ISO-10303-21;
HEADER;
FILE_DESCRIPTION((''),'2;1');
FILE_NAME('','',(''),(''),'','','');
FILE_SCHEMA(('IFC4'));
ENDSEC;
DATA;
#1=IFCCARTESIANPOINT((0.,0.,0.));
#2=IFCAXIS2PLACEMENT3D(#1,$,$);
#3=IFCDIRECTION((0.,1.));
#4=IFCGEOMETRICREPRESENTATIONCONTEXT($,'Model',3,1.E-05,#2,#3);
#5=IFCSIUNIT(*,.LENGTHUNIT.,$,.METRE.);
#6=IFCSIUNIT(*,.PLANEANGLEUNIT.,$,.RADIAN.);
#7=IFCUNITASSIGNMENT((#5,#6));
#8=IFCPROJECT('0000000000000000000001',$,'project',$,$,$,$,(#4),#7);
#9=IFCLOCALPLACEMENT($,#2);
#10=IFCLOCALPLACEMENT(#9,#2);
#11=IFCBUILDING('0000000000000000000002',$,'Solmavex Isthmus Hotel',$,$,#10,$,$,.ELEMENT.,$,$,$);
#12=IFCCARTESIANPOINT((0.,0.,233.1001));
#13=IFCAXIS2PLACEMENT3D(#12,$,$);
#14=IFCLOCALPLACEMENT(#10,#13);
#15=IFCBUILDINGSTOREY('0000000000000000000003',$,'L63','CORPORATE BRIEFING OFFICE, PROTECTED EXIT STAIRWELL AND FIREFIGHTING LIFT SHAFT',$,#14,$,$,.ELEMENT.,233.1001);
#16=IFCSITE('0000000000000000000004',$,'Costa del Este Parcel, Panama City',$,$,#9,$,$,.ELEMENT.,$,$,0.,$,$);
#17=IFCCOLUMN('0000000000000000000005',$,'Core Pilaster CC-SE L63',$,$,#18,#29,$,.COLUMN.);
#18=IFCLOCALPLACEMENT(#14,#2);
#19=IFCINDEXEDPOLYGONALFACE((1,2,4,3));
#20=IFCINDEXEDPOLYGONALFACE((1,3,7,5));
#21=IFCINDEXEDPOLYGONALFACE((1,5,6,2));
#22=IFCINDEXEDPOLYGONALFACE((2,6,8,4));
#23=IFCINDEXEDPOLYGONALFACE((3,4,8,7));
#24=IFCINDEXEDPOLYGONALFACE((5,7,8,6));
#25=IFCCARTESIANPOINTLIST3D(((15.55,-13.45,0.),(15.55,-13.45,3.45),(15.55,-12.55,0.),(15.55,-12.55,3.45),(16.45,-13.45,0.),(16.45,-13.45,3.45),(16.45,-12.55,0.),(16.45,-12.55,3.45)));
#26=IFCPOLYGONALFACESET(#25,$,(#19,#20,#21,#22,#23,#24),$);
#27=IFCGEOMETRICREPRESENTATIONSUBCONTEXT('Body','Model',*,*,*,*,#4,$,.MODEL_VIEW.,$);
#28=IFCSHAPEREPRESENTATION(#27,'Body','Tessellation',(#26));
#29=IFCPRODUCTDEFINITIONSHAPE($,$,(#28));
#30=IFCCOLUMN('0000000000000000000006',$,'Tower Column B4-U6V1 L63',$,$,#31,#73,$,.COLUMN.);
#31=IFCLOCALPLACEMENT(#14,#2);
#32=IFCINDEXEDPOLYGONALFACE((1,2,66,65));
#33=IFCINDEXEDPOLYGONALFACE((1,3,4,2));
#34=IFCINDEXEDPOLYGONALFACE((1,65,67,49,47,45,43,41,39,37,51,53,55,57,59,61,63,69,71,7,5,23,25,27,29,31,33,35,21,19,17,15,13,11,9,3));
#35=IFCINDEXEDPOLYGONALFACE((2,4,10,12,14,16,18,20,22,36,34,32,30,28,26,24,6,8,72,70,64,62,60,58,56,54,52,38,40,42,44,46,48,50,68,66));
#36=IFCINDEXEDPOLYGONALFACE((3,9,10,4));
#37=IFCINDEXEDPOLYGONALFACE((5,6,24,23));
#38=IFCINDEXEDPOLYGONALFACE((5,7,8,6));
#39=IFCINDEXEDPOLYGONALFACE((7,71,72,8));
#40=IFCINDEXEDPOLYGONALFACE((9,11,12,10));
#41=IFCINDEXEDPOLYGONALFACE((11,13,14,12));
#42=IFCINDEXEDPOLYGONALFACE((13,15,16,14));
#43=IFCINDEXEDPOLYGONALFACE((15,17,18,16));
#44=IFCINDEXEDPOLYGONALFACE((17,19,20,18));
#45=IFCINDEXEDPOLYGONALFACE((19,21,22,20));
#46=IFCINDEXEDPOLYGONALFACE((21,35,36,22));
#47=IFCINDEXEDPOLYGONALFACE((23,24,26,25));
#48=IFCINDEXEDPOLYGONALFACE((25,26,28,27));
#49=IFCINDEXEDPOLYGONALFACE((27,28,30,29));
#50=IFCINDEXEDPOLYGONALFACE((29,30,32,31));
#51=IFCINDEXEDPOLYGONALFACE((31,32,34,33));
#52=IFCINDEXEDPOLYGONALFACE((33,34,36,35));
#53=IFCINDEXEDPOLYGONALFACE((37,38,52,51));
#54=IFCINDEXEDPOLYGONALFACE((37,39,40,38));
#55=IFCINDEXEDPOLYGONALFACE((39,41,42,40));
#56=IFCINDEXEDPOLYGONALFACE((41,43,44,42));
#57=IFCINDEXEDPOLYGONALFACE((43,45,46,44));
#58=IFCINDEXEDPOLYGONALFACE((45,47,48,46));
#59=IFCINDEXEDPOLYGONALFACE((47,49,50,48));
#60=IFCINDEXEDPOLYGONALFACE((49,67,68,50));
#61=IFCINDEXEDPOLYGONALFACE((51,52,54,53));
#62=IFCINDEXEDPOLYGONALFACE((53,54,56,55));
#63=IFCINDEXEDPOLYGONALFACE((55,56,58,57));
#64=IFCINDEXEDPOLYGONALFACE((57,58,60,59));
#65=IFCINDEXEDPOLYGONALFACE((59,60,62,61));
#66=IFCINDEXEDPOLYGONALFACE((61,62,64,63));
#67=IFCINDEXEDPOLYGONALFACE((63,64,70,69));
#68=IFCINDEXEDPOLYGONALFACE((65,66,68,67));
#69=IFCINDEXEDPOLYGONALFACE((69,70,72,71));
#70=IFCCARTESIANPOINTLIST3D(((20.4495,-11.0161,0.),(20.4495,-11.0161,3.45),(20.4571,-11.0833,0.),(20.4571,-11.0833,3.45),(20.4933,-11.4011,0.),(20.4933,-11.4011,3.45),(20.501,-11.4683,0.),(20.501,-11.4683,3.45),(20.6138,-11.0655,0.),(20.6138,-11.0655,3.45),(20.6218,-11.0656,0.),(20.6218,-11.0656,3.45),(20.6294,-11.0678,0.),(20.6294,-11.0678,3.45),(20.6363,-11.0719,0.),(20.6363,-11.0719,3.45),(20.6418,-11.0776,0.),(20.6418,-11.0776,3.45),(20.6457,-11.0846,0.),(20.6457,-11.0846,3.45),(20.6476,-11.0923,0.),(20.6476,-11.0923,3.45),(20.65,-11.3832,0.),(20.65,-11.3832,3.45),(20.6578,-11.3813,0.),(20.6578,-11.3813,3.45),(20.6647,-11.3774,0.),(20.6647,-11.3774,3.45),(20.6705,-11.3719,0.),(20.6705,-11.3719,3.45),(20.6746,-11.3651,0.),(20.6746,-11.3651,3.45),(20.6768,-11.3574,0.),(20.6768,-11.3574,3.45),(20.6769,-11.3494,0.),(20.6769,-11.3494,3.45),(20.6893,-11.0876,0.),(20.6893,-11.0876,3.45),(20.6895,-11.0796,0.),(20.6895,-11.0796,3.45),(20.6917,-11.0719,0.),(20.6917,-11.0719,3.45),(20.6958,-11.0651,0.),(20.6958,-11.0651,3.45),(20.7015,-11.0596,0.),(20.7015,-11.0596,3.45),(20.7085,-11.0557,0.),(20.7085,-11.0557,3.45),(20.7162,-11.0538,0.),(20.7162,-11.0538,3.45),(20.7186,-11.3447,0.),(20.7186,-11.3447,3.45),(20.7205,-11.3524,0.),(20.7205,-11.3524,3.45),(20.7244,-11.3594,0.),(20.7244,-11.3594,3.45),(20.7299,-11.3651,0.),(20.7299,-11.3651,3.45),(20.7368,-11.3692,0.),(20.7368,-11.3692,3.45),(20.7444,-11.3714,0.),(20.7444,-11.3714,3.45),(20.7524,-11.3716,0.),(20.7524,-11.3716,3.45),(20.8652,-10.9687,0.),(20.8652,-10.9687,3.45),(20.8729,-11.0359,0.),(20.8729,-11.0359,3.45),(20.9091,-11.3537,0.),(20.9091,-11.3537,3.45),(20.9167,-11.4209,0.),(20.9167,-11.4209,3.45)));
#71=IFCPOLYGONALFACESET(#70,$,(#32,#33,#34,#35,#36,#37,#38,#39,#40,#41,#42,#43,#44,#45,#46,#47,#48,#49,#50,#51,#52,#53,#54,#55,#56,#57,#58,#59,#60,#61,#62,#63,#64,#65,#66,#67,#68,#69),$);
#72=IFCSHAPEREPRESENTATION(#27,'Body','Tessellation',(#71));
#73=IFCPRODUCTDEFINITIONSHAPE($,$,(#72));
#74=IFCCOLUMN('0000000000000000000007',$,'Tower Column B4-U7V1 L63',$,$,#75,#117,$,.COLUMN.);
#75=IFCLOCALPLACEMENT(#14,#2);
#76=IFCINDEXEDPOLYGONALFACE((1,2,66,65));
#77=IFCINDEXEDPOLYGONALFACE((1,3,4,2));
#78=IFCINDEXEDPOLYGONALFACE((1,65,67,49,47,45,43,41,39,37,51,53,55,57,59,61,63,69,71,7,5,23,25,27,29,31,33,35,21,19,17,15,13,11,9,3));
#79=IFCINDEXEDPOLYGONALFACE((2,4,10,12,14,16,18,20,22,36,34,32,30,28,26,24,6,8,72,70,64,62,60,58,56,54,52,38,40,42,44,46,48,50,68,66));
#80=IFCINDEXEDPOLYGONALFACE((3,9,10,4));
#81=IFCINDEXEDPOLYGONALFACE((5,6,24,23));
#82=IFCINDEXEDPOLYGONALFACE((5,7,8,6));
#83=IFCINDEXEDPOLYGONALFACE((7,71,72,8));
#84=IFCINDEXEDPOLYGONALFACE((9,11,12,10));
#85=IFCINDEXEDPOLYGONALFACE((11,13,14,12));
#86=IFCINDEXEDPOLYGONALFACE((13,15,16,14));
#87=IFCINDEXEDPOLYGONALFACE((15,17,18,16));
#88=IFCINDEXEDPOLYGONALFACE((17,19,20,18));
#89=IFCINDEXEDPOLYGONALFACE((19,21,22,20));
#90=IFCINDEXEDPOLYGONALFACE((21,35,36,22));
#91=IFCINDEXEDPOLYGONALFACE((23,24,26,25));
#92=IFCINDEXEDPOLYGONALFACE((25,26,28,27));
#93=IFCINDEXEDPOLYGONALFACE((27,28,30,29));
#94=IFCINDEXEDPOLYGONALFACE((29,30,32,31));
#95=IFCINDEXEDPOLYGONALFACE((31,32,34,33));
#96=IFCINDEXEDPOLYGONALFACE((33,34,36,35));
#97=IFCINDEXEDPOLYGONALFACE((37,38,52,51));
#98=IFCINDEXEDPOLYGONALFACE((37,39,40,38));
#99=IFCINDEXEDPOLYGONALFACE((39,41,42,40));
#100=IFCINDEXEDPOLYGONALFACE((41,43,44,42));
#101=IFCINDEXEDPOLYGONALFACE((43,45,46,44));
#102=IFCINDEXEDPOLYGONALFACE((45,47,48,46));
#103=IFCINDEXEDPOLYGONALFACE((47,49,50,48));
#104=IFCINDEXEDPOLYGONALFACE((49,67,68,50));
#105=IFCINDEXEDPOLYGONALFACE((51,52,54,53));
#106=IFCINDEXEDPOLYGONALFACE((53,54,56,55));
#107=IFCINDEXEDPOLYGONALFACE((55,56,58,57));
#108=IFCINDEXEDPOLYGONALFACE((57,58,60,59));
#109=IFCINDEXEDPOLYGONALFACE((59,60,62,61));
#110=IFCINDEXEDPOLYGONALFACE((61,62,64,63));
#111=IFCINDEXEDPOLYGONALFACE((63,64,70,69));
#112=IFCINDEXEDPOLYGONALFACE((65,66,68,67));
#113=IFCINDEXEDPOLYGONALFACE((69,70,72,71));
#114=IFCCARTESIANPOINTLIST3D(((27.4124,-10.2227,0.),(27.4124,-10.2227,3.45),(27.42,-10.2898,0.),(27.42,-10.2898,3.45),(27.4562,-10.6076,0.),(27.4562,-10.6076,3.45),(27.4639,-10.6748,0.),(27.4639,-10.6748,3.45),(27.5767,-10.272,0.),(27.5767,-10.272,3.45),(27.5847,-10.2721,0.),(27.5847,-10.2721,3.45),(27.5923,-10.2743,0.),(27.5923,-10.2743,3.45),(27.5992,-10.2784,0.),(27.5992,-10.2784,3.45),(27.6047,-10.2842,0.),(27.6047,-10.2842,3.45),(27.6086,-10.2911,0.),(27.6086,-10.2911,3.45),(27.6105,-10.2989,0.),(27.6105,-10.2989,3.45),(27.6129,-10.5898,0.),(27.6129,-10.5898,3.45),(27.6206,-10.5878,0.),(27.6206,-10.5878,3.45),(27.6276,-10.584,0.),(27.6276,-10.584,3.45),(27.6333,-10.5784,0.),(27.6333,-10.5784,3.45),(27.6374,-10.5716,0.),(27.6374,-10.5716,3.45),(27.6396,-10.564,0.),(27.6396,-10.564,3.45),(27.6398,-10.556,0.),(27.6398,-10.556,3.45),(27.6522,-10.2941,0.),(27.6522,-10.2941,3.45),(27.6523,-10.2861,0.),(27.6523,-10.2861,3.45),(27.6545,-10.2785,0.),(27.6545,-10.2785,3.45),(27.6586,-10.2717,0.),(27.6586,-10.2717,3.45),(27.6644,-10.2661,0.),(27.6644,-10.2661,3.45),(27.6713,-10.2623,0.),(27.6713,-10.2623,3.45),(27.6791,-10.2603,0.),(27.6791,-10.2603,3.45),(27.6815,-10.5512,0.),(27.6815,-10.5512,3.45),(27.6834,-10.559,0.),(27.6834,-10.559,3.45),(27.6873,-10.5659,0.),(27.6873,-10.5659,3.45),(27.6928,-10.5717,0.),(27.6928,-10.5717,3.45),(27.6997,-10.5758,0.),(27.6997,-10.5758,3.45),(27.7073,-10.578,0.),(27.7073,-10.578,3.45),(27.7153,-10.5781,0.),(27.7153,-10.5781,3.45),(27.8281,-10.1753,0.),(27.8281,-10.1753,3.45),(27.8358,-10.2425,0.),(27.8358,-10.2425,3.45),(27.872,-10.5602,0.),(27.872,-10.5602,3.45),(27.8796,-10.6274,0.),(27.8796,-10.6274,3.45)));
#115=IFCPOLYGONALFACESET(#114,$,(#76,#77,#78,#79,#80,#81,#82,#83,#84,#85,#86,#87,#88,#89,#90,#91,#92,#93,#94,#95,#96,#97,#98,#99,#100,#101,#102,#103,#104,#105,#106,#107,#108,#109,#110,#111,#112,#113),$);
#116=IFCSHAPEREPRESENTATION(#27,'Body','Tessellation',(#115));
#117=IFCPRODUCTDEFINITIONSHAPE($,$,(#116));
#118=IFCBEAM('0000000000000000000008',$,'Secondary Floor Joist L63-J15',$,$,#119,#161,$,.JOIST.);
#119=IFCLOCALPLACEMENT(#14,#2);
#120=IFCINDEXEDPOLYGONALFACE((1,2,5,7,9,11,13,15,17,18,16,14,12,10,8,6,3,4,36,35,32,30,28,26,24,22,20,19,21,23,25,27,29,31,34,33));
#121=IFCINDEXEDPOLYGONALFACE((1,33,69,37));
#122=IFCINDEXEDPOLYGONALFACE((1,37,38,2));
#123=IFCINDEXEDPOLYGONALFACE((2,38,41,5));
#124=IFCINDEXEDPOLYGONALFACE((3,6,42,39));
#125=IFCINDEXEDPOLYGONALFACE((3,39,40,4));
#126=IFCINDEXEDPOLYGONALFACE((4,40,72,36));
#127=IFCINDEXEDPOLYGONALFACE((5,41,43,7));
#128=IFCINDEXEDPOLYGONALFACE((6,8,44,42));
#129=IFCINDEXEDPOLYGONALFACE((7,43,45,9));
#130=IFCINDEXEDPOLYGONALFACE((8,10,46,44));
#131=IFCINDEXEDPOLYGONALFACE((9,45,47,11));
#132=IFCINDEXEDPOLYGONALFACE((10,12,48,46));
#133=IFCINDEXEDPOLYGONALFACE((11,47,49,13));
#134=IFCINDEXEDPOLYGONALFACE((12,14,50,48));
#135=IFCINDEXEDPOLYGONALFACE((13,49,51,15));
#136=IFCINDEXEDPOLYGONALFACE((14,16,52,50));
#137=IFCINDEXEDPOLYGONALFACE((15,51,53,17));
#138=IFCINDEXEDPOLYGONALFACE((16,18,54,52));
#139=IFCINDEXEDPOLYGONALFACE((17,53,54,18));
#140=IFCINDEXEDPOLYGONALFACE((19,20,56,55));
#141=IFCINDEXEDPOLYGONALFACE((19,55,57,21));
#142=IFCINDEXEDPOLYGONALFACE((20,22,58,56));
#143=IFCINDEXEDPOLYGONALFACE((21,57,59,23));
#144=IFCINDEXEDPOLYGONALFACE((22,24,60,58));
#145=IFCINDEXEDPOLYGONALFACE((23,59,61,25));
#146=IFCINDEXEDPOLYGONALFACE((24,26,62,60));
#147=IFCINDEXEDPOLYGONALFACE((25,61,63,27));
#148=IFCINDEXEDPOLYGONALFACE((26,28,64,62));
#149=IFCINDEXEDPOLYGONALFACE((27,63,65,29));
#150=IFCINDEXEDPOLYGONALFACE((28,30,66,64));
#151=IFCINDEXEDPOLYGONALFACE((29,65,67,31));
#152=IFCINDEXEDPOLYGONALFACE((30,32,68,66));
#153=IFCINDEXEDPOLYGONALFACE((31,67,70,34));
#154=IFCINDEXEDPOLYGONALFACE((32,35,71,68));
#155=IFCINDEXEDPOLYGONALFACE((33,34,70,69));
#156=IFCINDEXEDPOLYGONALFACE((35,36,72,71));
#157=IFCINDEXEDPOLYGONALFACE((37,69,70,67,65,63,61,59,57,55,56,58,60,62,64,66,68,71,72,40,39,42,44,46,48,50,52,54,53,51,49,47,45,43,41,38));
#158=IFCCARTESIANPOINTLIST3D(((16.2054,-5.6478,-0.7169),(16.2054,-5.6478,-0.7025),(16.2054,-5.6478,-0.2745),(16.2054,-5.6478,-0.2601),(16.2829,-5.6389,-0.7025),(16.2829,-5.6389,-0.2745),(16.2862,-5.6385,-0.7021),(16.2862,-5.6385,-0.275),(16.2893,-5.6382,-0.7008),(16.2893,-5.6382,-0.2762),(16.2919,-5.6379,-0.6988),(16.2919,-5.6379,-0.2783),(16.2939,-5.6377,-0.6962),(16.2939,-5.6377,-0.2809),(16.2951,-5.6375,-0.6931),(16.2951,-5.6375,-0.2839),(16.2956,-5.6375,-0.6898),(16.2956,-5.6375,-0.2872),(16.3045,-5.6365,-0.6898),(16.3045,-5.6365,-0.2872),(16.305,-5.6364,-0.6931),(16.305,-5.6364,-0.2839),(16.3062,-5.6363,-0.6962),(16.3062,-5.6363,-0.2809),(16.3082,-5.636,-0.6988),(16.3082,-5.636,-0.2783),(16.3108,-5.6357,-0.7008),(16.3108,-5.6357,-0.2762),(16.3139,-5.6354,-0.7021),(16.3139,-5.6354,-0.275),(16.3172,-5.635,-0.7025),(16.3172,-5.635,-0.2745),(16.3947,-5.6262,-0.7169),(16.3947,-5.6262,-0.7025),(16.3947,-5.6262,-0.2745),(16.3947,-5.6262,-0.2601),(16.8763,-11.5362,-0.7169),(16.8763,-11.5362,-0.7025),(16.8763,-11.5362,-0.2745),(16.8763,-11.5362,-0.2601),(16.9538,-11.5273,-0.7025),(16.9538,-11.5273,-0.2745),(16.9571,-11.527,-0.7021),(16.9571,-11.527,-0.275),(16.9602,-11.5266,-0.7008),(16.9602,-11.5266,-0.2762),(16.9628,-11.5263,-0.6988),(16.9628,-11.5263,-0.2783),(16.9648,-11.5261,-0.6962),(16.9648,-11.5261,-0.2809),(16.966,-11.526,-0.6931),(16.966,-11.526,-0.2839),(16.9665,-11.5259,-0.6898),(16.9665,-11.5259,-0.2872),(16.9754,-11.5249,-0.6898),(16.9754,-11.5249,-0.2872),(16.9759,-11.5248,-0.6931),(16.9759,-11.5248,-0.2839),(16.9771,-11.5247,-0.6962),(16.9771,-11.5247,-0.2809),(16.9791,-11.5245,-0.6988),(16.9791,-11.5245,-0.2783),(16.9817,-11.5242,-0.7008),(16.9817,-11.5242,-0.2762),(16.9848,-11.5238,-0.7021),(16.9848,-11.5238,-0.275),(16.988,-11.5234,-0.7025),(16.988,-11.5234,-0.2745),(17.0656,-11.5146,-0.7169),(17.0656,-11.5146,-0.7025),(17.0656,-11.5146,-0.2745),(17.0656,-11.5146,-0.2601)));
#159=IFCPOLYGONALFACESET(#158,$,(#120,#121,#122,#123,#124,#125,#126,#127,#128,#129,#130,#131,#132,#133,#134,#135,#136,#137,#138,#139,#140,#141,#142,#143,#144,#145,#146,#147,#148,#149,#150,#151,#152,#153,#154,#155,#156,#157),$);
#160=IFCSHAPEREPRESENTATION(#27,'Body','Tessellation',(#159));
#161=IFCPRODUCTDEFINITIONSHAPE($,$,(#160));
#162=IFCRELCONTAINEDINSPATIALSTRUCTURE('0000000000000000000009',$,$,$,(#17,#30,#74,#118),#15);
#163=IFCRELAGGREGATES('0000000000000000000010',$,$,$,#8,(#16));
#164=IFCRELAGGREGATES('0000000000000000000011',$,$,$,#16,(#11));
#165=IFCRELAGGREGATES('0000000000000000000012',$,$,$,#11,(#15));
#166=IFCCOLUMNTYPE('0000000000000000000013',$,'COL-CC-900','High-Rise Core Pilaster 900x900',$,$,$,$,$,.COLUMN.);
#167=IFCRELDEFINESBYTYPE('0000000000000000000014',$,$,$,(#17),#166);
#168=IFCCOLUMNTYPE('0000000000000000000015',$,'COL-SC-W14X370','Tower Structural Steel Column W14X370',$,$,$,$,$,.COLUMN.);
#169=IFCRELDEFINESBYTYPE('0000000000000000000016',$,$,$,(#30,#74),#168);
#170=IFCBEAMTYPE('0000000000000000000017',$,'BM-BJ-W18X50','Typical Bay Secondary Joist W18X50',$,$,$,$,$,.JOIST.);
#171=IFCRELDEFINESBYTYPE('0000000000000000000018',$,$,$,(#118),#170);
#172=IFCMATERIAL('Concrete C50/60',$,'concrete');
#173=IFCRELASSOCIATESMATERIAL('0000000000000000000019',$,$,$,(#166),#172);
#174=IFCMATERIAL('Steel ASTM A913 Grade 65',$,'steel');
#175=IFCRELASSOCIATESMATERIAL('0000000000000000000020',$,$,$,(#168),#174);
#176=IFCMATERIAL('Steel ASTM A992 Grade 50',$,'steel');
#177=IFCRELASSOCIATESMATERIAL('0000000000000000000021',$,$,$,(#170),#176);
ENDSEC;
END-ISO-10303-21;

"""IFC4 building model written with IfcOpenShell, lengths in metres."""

from ifc_helpers import new_model, si_unit, direction, frame, origin, origin_2d, place, context, subcontext, project, spatial, rectangle, i_section, extrude, material, material_profile, profile_set, type_object, element, save


model = new_model("IFC4")

# Units and contexts
model_context = context("Model", 3, precision=1e-05, world=origin(), true_north=direction((0.0, 1.0)))
body_context = subcontext(model_context, "Body", "Model", "MODEL_VIEW")
ifc_project = project(units=[si_unit("LENGTHUNIT", "METRE"), si_unit("PLANEANGLEUNIT", "RADIAN")], contexts=[model_context])

# Site, building, storey
site_placement = place(None, origin())
site = spatial("IfcSite", under=ifc_project, at=site_placement, Name="Costa del Este Parcel, Panama City", CompositionType="ELEMENT", RefElevation=0.0)
building_placement = place(site_placement, origin())
building = spatial("IfcBuilding", under=site, at=building_placement, Name="Solmavex Isthmus Hotel", CompositionType="ELEMENT")
storey_placement = place(building_placement, frame((0.0, 0.0, 233.1001)))
storey = spatial("IfcBuildingStorey", under=building, at=storey_placement, Name="L63", Description="CORPORATE BRIEFING OFFICE, PROTECTED EXIT STAIRWELL AND FIREFIGHTING LIFT SHAFT", CompositionType="ELEMENT", Elevation=233.1001)

# Columns
ifc_material_1 = material(Name="Concrete C50/60", Category="concrete")
ifc_material_profile_1 = material_profile(ifc_material_1, rectangle(XDim=0.8999, YDim=0.8999, at=origin_2d()), Name="RC900X900")
ifc_profile_set_1 = profile_set([ifc_material_profile_1], Name="Concrete C50/60")
column_type_1 = type_object("IfcColumnType", Name="COL-CC-900", Description="High-Rise Core Pilaster 900x900", PredefinedType="COLUMN", material=ifc_profile_set_1)
column_placement = place(storey_placement, frame((16.0, -13.0, 0.0), z_axis=(0.0, 0.0, 1.0), x_axis=(1.0, 0.0, 0.0)))
element("IfcColumn", 1, at=column_placement, inside=storey, type_object=column_type_1, Name="Core Pilaster CC-SE L63", PredefinedType="COLUMN", context=body_context, shape_type="SweptSolid", body=[
    extrude(rectangle(XDim=0.8999, YDim=0.8999, at=origin_2d()), origin(), (0.0, 0.0, 1.0), 3.45),
])
ifc_material_2 = material(Name="Steel ASTM A913 Grade 65", Category="steel")
ifc_material_profile_2 = material_profile(ifc_material_2, i_section(OverallWidth=0.4185, OverallDepth=0.4551, WebThickness=0.042, FlangeThickness=0.0676, FilletRadius=0.0305, at=origin_2d()), Name="W14X370")
ifc_profile_set_2 = profile_set([ifc_material_profile_2], Name="Steel ASTM A913 Grade 65")
column_type_2 = type_object("IfcColumnType", Name="COL-SC-W14X370", Description="Tower Structural Steel Column W14X370", PredefinedType="COLUMN", material=ifc_profile_set_2)
for number, where, z_axis, x_axis, name in (
    (2, (20.6831, -11.2185, 0.0), (0.0, 0.0, 1.0), (0.993572, 0.113203, 0.0), "Tower Column B4-U6V1 L63"),
    (3, (27.646, -10.425, 0.0), (0.0, 0.0, 1.0), (0.993572, 0.113203, 0.0), "Tower Column B4-U7V1 L63"),
):
    element("IfcColumn", number, at=place(storey_placement, frame(where, z_axis=z_axis, x_axis=x_axis)), inside=storey, type_object=column_type_2, Name=name, PredefinedType="COLUMN", context=body_context, shape_type="SweptSolid", body=[
        extrude(i_section(OverallWidth=0.4185, OverallDepth=0.4551, WebThickness=0.042, FlangeThickness=0.0676, FilletRadius=0.0305, at=origin_2d()), origin(), (0.0, 0.0, 1.0), 3.45),
    ])

# Beam
ifc_material_3 = material(Name="Steel ASTM A992 Grade 50", Category="steel")
ifc_material_profile_3 = material_profile(ifc_material_3, i_section(OverallWidth=0.1904, OverallDepth=0.4568, WebThickness=0.009, FlangeThickness=0.0144, FilletRadius=0.0127, at=origin_2d()), Name="W18X50")
ifc_profile_set_3 = profile_set([ifc_material_profile_3], Name="Steel ASTM A992 Grade 50")
beam_type_1 = type_object("IfcBeamType", Name="BM-BJ-W18X50", Description="Typical Bay Secondary Joist W18X50", PredefinedType="JOIST", material=ifc_profile_set_3)
beam_1_placement = place(storey_placement, frame((16.9709, -11.5254, -0.4885), z_axis=(-0.113203, 0.993572, 0.0), x_axis=(-0.993572, -0.113203, 0.0)))
element("IfcBeam", 4, at=beam_1_placement, inside=storey, type_object=beam_type_1, Name="Secondary Floor Joist L63-J15", PredefinedType="JOIST", context=body_context, shape_type="SweptSolid", body=[
    extrude(i_section(OverallWidth=0.1904, OverallDepth=0.4568, WebThickness=0.009, FlangeThickness=0.0144, FilletRadius=0.0127, at=origin_2d()), origin(), (0.0, 0.0, 1.0), 5.9265),
])

save(model, "model.ifc")
